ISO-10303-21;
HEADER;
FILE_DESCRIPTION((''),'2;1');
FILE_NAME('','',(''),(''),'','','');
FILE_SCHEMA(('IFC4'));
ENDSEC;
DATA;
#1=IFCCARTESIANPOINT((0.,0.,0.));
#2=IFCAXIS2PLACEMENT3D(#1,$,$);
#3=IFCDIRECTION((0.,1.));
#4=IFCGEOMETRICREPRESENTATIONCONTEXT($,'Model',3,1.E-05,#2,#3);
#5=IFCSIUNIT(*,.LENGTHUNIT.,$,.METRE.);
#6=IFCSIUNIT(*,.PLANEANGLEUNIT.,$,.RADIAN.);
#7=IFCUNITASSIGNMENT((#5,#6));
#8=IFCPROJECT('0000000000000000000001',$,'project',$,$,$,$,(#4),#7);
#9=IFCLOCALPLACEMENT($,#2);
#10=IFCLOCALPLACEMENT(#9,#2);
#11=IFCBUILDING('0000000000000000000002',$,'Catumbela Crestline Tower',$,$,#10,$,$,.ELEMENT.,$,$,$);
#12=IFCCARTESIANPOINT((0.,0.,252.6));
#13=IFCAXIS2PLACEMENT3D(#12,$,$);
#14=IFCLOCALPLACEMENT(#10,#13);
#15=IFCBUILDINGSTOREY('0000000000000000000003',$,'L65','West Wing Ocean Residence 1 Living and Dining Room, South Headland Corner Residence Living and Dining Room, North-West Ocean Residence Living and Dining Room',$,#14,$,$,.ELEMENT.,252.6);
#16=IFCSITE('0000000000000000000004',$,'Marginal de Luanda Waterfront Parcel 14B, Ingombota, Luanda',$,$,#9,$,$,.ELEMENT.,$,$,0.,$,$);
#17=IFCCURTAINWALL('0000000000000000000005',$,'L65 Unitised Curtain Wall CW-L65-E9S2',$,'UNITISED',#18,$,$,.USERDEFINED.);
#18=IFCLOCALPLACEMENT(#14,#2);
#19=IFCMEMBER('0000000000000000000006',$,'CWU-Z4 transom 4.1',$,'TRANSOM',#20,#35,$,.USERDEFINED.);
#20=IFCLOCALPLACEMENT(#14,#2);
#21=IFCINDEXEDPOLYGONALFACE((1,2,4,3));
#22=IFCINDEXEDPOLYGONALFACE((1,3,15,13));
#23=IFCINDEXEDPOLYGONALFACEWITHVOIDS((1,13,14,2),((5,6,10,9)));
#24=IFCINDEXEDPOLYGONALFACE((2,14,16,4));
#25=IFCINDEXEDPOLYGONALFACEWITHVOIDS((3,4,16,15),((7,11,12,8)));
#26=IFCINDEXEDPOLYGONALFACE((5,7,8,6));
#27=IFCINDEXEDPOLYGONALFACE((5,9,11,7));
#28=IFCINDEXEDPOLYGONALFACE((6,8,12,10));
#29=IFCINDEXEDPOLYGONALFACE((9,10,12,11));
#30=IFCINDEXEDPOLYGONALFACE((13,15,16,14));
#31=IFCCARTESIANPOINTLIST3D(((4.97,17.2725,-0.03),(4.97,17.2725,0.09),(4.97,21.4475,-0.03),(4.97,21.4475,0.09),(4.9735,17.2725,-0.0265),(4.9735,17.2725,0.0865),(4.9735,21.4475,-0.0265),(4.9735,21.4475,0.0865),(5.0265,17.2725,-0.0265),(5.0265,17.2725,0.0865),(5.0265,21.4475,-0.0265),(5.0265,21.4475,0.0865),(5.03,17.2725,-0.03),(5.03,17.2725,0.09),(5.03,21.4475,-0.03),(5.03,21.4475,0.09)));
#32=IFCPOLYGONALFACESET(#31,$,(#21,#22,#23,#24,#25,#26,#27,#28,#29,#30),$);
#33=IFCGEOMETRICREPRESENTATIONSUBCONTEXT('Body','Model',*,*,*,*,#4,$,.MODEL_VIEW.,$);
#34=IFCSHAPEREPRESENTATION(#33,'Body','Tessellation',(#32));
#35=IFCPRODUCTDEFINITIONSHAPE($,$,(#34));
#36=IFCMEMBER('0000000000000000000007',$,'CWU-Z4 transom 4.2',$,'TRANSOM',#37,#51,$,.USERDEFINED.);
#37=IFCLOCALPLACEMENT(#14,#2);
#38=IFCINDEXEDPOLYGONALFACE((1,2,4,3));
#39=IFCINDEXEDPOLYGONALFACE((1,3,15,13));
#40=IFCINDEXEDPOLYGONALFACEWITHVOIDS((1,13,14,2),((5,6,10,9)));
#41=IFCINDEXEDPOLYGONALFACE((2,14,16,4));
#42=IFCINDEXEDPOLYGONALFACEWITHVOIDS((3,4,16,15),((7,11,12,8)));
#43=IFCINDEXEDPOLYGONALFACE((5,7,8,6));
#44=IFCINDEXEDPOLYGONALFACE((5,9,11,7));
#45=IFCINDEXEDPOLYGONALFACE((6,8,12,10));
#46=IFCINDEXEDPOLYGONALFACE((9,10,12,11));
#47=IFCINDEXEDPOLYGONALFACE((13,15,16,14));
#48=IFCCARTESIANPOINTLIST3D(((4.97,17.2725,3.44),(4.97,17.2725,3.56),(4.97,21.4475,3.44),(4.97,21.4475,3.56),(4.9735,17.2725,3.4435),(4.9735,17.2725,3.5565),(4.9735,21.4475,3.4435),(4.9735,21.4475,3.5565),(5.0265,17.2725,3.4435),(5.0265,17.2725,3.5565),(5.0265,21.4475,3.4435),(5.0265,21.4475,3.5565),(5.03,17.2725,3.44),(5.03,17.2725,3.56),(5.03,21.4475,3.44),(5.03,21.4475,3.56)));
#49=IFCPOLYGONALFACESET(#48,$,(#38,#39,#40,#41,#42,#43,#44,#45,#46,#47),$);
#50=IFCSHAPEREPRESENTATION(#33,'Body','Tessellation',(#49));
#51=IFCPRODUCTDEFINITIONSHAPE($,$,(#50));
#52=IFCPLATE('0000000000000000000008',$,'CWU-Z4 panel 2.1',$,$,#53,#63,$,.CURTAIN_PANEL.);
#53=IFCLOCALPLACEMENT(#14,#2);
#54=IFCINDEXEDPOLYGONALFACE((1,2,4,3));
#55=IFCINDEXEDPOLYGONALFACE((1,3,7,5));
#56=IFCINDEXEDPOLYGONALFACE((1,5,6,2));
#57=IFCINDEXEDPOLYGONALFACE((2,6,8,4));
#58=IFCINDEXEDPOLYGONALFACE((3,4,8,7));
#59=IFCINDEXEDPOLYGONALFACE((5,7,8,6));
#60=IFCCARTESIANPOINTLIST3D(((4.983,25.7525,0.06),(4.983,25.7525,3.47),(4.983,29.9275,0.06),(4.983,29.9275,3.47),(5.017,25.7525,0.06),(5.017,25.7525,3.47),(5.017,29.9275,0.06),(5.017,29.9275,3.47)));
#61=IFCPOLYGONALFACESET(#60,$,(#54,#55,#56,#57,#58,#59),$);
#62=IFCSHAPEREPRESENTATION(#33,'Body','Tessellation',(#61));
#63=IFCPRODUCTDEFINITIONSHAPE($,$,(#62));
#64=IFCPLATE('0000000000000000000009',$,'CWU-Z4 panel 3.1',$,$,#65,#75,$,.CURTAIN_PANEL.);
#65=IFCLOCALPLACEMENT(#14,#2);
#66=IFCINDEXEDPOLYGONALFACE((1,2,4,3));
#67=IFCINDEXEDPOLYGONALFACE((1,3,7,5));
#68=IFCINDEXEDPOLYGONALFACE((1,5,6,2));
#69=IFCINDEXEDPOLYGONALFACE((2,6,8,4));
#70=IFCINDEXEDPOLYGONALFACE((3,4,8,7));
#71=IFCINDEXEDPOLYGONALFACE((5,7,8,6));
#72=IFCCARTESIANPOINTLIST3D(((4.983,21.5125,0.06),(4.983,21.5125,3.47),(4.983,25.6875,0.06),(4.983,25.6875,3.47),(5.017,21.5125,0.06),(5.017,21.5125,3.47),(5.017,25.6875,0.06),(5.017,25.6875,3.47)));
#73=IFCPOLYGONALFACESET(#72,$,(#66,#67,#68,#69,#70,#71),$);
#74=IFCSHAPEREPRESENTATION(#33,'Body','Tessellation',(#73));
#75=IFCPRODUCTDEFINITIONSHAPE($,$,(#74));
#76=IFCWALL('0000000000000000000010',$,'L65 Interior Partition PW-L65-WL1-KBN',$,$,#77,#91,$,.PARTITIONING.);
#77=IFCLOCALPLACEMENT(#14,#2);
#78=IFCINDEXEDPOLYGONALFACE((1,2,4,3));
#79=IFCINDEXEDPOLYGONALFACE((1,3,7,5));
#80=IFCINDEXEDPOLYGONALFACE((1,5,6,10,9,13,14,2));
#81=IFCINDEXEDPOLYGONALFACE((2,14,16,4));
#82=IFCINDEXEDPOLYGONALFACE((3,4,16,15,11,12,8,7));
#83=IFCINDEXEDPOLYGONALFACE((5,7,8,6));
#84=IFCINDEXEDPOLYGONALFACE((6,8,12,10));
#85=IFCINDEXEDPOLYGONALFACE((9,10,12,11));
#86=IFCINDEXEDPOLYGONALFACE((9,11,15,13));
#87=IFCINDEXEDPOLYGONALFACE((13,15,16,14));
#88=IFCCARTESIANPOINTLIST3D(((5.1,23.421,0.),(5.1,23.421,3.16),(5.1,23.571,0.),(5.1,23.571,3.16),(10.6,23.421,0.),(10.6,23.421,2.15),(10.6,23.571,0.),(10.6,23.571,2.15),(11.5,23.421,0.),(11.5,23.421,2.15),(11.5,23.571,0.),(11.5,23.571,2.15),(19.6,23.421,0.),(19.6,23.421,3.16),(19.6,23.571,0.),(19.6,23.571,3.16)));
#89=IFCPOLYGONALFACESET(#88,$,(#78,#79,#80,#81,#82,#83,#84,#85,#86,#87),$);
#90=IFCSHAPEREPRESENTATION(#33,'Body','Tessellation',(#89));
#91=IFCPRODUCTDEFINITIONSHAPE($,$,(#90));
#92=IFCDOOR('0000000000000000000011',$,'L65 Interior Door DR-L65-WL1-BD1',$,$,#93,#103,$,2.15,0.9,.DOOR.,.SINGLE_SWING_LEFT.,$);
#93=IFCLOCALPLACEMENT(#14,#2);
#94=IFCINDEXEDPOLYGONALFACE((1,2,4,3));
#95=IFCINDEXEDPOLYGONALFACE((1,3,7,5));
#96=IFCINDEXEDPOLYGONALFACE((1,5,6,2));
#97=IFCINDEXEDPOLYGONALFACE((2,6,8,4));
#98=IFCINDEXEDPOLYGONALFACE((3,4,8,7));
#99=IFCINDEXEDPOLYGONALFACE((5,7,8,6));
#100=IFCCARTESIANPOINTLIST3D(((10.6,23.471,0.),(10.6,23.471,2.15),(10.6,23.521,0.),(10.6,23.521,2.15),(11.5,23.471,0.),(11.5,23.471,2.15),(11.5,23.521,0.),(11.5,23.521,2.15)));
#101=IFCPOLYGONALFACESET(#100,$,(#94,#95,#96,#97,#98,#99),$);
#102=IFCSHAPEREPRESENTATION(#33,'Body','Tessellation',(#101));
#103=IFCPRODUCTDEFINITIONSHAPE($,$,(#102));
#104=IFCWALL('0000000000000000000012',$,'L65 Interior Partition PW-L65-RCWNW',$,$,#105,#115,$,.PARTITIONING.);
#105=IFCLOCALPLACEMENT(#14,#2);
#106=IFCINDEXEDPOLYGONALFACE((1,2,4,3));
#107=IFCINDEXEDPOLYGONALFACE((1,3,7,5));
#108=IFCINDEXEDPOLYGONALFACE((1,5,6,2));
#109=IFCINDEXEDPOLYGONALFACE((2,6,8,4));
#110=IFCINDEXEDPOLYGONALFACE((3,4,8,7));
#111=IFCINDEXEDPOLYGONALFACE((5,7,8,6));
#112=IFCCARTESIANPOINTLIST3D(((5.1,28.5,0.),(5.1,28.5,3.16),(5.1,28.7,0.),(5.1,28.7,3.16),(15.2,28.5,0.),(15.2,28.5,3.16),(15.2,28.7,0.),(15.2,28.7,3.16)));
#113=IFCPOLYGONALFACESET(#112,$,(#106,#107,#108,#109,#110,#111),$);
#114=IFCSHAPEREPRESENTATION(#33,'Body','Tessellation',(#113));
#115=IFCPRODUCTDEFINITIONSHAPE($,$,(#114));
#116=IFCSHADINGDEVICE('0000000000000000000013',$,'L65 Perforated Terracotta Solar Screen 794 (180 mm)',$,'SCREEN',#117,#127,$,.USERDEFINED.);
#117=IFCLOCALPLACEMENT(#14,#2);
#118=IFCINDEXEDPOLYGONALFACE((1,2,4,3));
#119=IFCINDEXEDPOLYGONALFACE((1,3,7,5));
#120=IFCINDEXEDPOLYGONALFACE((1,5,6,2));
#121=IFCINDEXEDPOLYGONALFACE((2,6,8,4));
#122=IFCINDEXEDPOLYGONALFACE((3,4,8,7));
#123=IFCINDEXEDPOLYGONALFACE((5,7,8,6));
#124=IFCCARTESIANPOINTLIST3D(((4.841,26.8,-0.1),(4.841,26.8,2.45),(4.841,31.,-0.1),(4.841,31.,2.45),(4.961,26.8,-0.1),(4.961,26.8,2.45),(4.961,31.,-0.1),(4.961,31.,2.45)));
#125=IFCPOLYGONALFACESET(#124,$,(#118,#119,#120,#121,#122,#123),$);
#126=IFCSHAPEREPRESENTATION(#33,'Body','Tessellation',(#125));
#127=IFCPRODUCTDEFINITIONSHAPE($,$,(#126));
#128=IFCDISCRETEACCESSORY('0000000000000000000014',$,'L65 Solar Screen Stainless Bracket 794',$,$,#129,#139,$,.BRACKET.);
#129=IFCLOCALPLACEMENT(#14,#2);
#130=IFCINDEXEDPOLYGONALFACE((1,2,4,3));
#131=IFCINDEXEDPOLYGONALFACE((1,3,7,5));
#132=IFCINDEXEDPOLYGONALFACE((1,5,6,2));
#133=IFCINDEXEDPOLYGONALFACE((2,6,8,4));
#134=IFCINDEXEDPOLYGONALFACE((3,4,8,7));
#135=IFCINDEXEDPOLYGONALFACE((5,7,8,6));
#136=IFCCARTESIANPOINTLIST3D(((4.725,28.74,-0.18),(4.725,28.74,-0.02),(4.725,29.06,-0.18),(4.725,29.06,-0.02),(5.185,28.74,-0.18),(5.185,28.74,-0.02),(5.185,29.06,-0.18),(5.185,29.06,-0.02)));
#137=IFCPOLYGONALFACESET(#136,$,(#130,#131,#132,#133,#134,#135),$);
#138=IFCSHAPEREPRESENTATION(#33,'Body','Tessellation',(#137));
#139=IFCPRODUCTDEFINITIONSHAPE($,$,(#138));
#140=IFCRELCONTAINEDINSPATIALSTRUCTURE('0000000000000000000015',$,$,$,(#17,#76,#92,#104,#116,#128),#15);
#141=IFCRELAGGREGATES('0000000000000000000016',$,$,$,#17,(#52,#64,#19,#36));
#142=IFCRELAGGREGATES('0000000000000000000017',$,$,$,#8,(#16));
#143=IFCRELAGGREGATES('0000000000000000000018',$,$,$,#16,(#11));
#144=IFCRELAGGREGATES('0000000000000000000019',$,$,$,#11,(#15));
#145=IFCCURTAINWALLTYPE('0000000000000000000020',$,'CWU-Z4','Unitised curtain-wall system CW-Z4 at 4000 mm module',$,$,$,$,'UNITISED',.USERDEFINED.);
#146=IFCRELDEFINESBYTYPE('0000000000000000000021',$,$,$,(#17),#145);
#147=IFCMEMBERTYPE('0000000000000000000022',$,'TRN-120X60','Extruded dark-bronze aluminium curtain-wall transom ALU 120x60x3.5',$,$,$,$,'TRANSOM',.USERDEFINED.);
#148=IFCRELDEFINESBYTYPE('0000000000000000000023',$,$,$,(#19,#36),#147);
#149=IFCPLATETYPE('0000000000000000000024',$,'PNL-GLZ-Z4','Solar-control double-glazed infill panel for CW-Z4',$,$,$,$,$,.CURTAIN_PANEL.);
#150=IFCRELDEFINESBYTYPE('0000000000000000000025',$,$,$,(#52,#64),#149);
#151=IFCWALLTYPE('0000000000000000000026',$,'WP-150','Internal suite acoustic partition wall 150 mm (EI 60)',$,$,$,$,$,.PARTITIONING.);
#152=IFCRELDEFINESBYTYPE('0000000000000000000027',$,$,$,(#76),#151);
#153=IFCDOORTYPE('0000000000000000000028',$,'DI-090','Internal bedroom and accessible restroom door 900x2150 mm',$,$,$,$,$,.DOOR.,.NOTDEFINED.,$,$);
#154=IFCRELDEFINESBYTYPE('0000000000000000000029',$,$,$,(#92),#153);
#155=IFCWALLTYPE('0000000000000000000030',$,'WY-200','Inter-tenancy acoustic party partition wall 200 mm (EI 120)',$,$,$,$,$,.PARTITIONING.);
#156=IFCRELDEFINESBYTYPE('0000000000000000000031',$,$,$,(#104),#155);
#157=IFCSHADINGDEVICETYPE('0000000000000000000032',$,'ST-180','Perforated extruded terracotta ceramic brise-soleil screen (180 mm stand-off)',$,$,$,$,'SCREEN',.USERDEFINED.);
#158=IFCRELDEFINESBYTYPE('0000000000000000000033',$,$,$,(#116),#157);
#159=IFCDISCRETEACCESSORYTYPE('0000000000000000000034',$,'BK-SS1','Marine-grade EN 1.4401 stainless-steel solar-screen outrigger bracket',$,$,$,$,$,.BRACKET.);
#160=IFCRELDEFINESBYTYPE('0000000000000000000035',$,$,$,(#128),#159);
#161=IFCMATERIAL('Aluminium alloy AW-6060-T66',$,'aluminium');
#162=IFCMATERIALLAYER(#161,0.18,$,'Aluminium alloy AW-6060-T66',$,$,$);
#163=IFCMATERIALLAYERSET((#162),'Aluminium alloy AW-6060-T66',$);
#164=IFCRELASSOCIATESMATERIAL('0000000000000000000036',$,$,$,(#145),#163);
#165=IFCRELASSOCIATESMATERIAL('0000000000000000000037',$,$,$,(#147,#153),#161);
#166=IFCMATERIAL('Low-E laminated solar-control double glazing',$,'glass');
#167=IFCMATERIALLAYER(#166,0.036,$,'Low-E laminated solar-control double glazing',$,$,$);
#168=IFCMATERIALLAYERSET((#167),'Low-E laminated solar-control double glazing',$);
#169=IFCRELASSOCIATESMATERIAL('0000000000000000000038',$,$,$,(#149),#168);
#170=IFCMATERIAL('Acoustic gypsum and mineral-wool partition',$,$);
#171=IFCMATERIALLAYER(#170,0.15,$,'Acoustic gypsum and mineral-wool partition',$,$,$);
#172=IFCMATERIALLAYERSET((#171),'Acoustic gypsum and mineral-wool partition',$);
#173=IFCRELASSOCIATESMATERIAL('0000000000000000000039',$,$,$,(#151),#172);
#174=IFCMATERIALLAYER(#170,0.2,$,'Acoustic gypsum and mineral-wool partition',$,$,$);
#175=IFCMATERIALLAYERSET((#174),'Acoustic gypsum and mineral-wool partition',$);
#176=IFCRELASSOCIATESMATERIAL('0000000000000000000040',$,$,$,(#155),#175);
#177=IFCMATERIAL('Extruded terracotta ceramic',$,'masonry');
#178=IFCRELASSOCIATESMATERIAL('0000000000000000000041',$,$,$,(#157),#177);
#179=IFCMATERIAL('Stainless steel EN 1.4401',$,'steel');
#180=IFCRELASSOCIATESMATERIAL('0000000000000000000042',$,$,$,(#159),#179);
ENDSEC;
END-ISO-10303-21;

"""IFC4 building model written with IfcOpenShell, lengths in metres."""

from ifc_helpers import new_model, si_unit, direction, frame, frame_2d, origin, origin_2d, place, context, subcontext, project, spatial, rectangle, hollow_rectangle, extrude, material, layer, layer_set, material_profile, profile_set, type_object, element, fill, aggregate, save


model = new_model("IFC4")

# Units and contexts
model_context = context("Model", 3, precision=1e-05, world=origin(), true_north=direction((0.0, 1.0)))
body_context = subcontext(model_context, "Body", "Model", "MODEL_VIEW")
ifc_project = project(units=[si_unit("LENGTHUNIT", "METRE"), si_unit("PLANEANGLEUNIT", "RADIAN")], contexts=[model_context])

# Site, building, storey
site_placement = place(None, origin())
site = spatial("IfcSite", under=ifc_project, at=site_placement, Name="Marginal de Luanda Waterfront Parcel 14B, Ingombota, Luanda", CompositionType="ELEMENT", RefElevation=0.0)
building_placement = place(site_placement, origin())
building = spatial("IfcBuilding", under=site, at=building_placement, Name="Catumbela Crestline Tower", CompositionType="ELEMENT")
storey_placement = place(building_placement, frame((0.0, 0.0, 252.6)))
storey = spatial("IfcBuildingStorey", under=building, at=storey_placement, Name="L65", Description="West Wing Ocean Residence 1 Living and Dining Room, South Headland Corner Residence Living and Dining Room, North-West Ocean Residence Living and Dining Room", CompositionType="ELEMENT", Elevation=252.6)

# Curtain wall
ifc_material_1 = material(Name="Aluminium alloy AW-6060-T66", Category="aluminium")
ifc_layer_1 = layer(ifc_material_1, 0.18, Name="Aluminium alloy AW-6060-T66")
ifc_layer_set_1 = layer_set([ifc_layer_1], Name="Aluminium alloy AW-6060-T66")
curtain_wall_type = type_object("IfcCurtainWallType", Name="CWU-Z4", Description="Unitised curtain-wall system CW-Z4 at 4000 mm module", ElementType="UNITISED", PredefinedType="USERDEFINED", material=ifc_layer_set_1)
curtain_wall_placement = place(storey_placement, origin())
curtain_wall = element("IfcCurtainWall", 1, at=curtain_wall_placement, inside=storey, type_object=curtain_wall_type, Name="L65 Unitised Curtain Wall CW-L65-E9S2", ObjectType="UNITISED", PredefinedType="USERDEFINED")

# Members
ifc_material_profile_1 = material_profile(ifc_material_1, hollow_rectangle(XDim=0.06, YDim=0.12, WallThickness=0.0035, at=origin_2d()), Name="ALU 120x60x3.5")
ifc_profile_set_1 = profile_set([ifc_material_profile_1], Name="Aluminium alloy AW-6060-T66")
member_type_1 = type_object("IfcMemberType", Name="TRN-120X60", Description="Extruded dark-bronze aluminium curtain-wall transom ALU 120x60x3.5", ElementType="TRANSOM", PredefinedType="USERDEFINED", material=ifc_profile_set_1)
member_1_placement = place(storey_placement, frame((5.0, 21.4475, 0.03), z_axis=(0.0, -1.0, 0.0), x_axis=(1.0, 0.0, 0.0)))
member_1 = element("IfcMember", 2, at=member_1_placement, type_object=member_type_1, Name="CWU-Z4 transom 4.1", ObjectType="TRANSOM", PredefinedType="USERDEFINED", context=body_context, shape_type="SweptSolid", body=[
    extrude(hollow_rectangle(XDim=0.06, YDim=0.12, WallThickness=0.0035, at=origin_2d()), origin(), (0.0, 0.0, 1.0), 4.175),
])
member_2_placement = place(storey_placement, frame((5.0, 21.4475, 3.5), z_axis=(0.0, -1.0, 0.0), x_axis=(1.0, 0.0, 0.0)))
member_2 = element("IfcMember", 3, at=member_2_placement, type_object=member_type_1, Name="CWU-Z4 transom 4.2", ObjectType="TRANSOM", PredefinedType="USERDEFINED", context=body_context, shape_type="SweptSolid", body=[
    extrude(hollow_rectangle(XDim=0.06, YDim=0.12, WallThickness=0.0035, at=origin_2d()), origin(), (0.0, 0.0, 1.0), 4.175),
])

# Plates
ifc_material_2 = material(Name="Low-E laminated solar-control double glazing", Category="glass")
ifc_layer_2 = layer(ifc_material_2, 0.036, Name="Low-E laminated solar-control double glazing")
ifc_layer_set_2 = layer_set([ifc_layer_2], Name="Low-E laminated solar-control double glazing")
plate_type = type_object("IfcPlateType", Name="PNL-GLZ-Z4", Description="Solar-control double-glazed infill panel for CW-Z4", PredefinedType="CURTAIN_PANEL", material=ifc_layer_set_2)
plate_1_placement = place(storey_placement, frame((5.0, 27.84, 0.06), z_axis=(0.0, 0.0, 1.0), x_axis=(0.0, -1.0, 0.0)))
plate_1 = element("IfcPlate", 4, at=plate_1_placement, type_object=plate_type, Name="CWU-Z4 panel 2.1", PredefinedType="CURTAIN_PANEL", context=body_context, shape_type="SweptSolid", body=[
    extrude(rectangle(XDim=4.175, YDim=0.034, at=origin_2d()), origin(), (0.0, 0.0, 1.0), 3.41),
])
plate_2_placement = place(storey_placement, frame((5.0, 23.6, 0.06), z_axis=(0.0, 0.0, 1.0), x_axis=(0.0, -1.0, 0.0)))
plate_2 = element("IfcPlate", 5, at=plate_2_placement, type_object=plate_type, Name="CWU-Z4 panel 3.1", PredefinedType="CURTAIN_PANEL", context=body_context, shape_type="SweptSolid", body=[
    extrude(rectangle(XDim=4.175, YDim=0.034, at=origin_2d()), origin(), (0.0, 0.0, 1.0), 3.41),
])
aggregate(curtain_wall, [plate_1, plate_2, member_1, member_2])

# Wall, opening, door
ifc_material_3 = material(Name="Acoustic gypsum and mineral-wool partition")
ifc_layer_3 = layer(ifc_material_3, 0.15, Name="Acoustic gypsum and mineral-wool partition")
ifc_layer_set_3 = layer_set([ifc_layer_3], Name="Acoustic gypsum and mineral-wool partition")
wall_type_1 = type_object("IfcWallType", Name="WP-150", Description="Internal suite acoustic partition wall 150 mm (EI 60)", PredefinedType="PARTITIONING", material=ifc_layer_set_3)
wall_1_placement = place(storey_placement, frame((5.1, 23.496, 0.0), z_axis=(0.0, 0.0, 1.0), x_axis=(1.0, 0.0, 0.0)))
wall_1 = element("IfcWall", 6, at=wall_1_placement, inside=storey, type_object=wall_type_1, Name="L65 Interior Partition PW-L65-WL1-KBN", PredefinedType="PARTITIONING", context=body_context, shape_type="SweptSolid", body=[
    extrude(rectangle(XDim=14.5, YDim=0.15, at=frame_2d((7.25, 0.0))), origin(), (0.0, 0.0, 1.0), 3.16),
])
opening_placement = place(wall_1_placement, frame((5.5, 0.0, 0.0)))
opening = element("IfcOpeningElement", 7, at=opening_placement, cuts=wall_1, PredefinedType="OPENING", context=body_context, shape_type="SweptSolid", body=[
    extrude(rectangle(XDim=0.9, YDim=2.15, at=frame_2d((0.45, 1.075))), frame((0.0, 0.085, 0.0), z_axis=(0.0, -1.0, 0.0), x_axis=(1.0, 0.0, 0.0)), (0.0, 0.0, 1.0), 0.17),
])
door_type = type_object("IfcDoorType", Name="DI-090", Description="Internal bedroom and accessible restroom door 900x2150 mm", OperationType="NOTDEFINED", PredefinedType="DOOR", material=ifc_material_1)
door_placement = place(opening_placement, origin())
door = element("IfcDoor", 8, at=door_placement, inside=storey, type_object=door_type, Name="L65 Interior Door DR-L65-WL1-BD1", OperationType="SINGLE_SWING_LEFT", OverallHeight=2.15, OverallWidth=0.9, PredefinedType="DOOR", context=body_context, shape_type="SweptSolid", body=[
    extrude(rectangle(XDim=0.9, YDim=2.15, at=frame_2d((0.45, 1.075))), frame((0.0, 0.025, 0.0), z_axis=(0.0, -1.0, 0.0), x_axis=(1.0, 0.0, 0.0)), (0.0, 0.0, 1.0), 0.05),
])
fill(opening, door)

# Wall
ifc_layer_4 = layer(ifc_material_3, 0.2, Name="Acoustic gypsum and mineral-wool partition")
ifc_layer_set_4 = layer_set([ifc_layer_4], Name="Acoustic gypsum and mineral-wool partition")
wall_type_2 = type_object("IfcWallType", Name="WY-200", Description="Inter-tenancy acoustic party partition wall 200 mm (EI 120)", PredefinedType="PARTITIONING", material=ifc_layer_set_4)
wall_2_placement = place(storey_placement, frame((5.1, 28.6, 0.0), z_axis=(0.0, 0.0, 1.0), x_axis=(1.0, 0.0, 0.0)))
element("IfcWall", 9, at=wall_2_placement, inside=storey, type_object=wall_type_2, Name="L65 Interior Partition PW-L65-RCWNW", PredefinedType="PARTITIONING", context=body_context, shape_type="SweptSolid", body=[
    extrude(rectangle(XDim=10.1, YDim=0.2, at=frame_2d((5.05, 0.0))), origin(), (0.0, 0.0, 1.0), 3.16),
])

# Shading device
ifc_material_4 = material(Name="Extruded terracotta ceramic", Category="masonry")
shading_device_type = type_object("IfcShadingDeviceType", Name="ST-180", Description="Perforated extruded terracotta ceramic brise-soleil screen (180 mm stand-off)", ElementType="SCREEN", PredefinedType="USERDEFINED", material=ifc_material_4)
shading_device_placement = place(storey_placement, frame((4.901, 28.9, -0.1), z_axis=(0.0, 0.0, 1.0), x_axis=(0.0, -1.0, 0.0)))
element("IfcShadingDevice", 10, at=shading_device_placement, inside=storey, type_object=shading_device_type, Name="L65 Perforated Terracotta Solar Screen 794 (180 mm)", ObjectType="SCREEN", PredefinedType="USERDEFINED", context=body_context, shape_type="SweptSolid", body=[
    extrude(rectangle(XDim=4.2, YDim=0.12, at=origin_2d()), origin(), (0.0, 0.0, 1.0), 2.55),
])

# Discrete accessory
ifc_material_5 = material(Name="Stainless steel EN 1.4401", Category="steel")
discrete_accessory_type = type_object("IfcDiscreteAccessoryType", Name="BK-SS1", Description="Marine-grade EN 1.4401 stainless-steel solar-screen outrigger bracket", PredefinedType="BRACKET", material=ifc_material_5)
discrete_accessory_placement = place(storey_placement, frame((4.955, 28.9, -0.18), z_axis=(0.0, 0.0, 1.0), x_axis=(0.0, -1.0, 0.0)))
element("IfcDiscreteAccessory", 11, at=discrete_accessory_placement, inside=storey, type_object=discrete_accessory_type, Name="L65 Solar Screen Stainless Bracket 794", PredefinedType="BRACKET", context=body_context, shape_type="SweptSolid", body=[
    extrude(rectangle(XDim=0.32, YDim=0.46, at=origin_2d()), origin(), (0.0, 0.0, 1.0), 0.16),
])

save(model, "model.ifc")
